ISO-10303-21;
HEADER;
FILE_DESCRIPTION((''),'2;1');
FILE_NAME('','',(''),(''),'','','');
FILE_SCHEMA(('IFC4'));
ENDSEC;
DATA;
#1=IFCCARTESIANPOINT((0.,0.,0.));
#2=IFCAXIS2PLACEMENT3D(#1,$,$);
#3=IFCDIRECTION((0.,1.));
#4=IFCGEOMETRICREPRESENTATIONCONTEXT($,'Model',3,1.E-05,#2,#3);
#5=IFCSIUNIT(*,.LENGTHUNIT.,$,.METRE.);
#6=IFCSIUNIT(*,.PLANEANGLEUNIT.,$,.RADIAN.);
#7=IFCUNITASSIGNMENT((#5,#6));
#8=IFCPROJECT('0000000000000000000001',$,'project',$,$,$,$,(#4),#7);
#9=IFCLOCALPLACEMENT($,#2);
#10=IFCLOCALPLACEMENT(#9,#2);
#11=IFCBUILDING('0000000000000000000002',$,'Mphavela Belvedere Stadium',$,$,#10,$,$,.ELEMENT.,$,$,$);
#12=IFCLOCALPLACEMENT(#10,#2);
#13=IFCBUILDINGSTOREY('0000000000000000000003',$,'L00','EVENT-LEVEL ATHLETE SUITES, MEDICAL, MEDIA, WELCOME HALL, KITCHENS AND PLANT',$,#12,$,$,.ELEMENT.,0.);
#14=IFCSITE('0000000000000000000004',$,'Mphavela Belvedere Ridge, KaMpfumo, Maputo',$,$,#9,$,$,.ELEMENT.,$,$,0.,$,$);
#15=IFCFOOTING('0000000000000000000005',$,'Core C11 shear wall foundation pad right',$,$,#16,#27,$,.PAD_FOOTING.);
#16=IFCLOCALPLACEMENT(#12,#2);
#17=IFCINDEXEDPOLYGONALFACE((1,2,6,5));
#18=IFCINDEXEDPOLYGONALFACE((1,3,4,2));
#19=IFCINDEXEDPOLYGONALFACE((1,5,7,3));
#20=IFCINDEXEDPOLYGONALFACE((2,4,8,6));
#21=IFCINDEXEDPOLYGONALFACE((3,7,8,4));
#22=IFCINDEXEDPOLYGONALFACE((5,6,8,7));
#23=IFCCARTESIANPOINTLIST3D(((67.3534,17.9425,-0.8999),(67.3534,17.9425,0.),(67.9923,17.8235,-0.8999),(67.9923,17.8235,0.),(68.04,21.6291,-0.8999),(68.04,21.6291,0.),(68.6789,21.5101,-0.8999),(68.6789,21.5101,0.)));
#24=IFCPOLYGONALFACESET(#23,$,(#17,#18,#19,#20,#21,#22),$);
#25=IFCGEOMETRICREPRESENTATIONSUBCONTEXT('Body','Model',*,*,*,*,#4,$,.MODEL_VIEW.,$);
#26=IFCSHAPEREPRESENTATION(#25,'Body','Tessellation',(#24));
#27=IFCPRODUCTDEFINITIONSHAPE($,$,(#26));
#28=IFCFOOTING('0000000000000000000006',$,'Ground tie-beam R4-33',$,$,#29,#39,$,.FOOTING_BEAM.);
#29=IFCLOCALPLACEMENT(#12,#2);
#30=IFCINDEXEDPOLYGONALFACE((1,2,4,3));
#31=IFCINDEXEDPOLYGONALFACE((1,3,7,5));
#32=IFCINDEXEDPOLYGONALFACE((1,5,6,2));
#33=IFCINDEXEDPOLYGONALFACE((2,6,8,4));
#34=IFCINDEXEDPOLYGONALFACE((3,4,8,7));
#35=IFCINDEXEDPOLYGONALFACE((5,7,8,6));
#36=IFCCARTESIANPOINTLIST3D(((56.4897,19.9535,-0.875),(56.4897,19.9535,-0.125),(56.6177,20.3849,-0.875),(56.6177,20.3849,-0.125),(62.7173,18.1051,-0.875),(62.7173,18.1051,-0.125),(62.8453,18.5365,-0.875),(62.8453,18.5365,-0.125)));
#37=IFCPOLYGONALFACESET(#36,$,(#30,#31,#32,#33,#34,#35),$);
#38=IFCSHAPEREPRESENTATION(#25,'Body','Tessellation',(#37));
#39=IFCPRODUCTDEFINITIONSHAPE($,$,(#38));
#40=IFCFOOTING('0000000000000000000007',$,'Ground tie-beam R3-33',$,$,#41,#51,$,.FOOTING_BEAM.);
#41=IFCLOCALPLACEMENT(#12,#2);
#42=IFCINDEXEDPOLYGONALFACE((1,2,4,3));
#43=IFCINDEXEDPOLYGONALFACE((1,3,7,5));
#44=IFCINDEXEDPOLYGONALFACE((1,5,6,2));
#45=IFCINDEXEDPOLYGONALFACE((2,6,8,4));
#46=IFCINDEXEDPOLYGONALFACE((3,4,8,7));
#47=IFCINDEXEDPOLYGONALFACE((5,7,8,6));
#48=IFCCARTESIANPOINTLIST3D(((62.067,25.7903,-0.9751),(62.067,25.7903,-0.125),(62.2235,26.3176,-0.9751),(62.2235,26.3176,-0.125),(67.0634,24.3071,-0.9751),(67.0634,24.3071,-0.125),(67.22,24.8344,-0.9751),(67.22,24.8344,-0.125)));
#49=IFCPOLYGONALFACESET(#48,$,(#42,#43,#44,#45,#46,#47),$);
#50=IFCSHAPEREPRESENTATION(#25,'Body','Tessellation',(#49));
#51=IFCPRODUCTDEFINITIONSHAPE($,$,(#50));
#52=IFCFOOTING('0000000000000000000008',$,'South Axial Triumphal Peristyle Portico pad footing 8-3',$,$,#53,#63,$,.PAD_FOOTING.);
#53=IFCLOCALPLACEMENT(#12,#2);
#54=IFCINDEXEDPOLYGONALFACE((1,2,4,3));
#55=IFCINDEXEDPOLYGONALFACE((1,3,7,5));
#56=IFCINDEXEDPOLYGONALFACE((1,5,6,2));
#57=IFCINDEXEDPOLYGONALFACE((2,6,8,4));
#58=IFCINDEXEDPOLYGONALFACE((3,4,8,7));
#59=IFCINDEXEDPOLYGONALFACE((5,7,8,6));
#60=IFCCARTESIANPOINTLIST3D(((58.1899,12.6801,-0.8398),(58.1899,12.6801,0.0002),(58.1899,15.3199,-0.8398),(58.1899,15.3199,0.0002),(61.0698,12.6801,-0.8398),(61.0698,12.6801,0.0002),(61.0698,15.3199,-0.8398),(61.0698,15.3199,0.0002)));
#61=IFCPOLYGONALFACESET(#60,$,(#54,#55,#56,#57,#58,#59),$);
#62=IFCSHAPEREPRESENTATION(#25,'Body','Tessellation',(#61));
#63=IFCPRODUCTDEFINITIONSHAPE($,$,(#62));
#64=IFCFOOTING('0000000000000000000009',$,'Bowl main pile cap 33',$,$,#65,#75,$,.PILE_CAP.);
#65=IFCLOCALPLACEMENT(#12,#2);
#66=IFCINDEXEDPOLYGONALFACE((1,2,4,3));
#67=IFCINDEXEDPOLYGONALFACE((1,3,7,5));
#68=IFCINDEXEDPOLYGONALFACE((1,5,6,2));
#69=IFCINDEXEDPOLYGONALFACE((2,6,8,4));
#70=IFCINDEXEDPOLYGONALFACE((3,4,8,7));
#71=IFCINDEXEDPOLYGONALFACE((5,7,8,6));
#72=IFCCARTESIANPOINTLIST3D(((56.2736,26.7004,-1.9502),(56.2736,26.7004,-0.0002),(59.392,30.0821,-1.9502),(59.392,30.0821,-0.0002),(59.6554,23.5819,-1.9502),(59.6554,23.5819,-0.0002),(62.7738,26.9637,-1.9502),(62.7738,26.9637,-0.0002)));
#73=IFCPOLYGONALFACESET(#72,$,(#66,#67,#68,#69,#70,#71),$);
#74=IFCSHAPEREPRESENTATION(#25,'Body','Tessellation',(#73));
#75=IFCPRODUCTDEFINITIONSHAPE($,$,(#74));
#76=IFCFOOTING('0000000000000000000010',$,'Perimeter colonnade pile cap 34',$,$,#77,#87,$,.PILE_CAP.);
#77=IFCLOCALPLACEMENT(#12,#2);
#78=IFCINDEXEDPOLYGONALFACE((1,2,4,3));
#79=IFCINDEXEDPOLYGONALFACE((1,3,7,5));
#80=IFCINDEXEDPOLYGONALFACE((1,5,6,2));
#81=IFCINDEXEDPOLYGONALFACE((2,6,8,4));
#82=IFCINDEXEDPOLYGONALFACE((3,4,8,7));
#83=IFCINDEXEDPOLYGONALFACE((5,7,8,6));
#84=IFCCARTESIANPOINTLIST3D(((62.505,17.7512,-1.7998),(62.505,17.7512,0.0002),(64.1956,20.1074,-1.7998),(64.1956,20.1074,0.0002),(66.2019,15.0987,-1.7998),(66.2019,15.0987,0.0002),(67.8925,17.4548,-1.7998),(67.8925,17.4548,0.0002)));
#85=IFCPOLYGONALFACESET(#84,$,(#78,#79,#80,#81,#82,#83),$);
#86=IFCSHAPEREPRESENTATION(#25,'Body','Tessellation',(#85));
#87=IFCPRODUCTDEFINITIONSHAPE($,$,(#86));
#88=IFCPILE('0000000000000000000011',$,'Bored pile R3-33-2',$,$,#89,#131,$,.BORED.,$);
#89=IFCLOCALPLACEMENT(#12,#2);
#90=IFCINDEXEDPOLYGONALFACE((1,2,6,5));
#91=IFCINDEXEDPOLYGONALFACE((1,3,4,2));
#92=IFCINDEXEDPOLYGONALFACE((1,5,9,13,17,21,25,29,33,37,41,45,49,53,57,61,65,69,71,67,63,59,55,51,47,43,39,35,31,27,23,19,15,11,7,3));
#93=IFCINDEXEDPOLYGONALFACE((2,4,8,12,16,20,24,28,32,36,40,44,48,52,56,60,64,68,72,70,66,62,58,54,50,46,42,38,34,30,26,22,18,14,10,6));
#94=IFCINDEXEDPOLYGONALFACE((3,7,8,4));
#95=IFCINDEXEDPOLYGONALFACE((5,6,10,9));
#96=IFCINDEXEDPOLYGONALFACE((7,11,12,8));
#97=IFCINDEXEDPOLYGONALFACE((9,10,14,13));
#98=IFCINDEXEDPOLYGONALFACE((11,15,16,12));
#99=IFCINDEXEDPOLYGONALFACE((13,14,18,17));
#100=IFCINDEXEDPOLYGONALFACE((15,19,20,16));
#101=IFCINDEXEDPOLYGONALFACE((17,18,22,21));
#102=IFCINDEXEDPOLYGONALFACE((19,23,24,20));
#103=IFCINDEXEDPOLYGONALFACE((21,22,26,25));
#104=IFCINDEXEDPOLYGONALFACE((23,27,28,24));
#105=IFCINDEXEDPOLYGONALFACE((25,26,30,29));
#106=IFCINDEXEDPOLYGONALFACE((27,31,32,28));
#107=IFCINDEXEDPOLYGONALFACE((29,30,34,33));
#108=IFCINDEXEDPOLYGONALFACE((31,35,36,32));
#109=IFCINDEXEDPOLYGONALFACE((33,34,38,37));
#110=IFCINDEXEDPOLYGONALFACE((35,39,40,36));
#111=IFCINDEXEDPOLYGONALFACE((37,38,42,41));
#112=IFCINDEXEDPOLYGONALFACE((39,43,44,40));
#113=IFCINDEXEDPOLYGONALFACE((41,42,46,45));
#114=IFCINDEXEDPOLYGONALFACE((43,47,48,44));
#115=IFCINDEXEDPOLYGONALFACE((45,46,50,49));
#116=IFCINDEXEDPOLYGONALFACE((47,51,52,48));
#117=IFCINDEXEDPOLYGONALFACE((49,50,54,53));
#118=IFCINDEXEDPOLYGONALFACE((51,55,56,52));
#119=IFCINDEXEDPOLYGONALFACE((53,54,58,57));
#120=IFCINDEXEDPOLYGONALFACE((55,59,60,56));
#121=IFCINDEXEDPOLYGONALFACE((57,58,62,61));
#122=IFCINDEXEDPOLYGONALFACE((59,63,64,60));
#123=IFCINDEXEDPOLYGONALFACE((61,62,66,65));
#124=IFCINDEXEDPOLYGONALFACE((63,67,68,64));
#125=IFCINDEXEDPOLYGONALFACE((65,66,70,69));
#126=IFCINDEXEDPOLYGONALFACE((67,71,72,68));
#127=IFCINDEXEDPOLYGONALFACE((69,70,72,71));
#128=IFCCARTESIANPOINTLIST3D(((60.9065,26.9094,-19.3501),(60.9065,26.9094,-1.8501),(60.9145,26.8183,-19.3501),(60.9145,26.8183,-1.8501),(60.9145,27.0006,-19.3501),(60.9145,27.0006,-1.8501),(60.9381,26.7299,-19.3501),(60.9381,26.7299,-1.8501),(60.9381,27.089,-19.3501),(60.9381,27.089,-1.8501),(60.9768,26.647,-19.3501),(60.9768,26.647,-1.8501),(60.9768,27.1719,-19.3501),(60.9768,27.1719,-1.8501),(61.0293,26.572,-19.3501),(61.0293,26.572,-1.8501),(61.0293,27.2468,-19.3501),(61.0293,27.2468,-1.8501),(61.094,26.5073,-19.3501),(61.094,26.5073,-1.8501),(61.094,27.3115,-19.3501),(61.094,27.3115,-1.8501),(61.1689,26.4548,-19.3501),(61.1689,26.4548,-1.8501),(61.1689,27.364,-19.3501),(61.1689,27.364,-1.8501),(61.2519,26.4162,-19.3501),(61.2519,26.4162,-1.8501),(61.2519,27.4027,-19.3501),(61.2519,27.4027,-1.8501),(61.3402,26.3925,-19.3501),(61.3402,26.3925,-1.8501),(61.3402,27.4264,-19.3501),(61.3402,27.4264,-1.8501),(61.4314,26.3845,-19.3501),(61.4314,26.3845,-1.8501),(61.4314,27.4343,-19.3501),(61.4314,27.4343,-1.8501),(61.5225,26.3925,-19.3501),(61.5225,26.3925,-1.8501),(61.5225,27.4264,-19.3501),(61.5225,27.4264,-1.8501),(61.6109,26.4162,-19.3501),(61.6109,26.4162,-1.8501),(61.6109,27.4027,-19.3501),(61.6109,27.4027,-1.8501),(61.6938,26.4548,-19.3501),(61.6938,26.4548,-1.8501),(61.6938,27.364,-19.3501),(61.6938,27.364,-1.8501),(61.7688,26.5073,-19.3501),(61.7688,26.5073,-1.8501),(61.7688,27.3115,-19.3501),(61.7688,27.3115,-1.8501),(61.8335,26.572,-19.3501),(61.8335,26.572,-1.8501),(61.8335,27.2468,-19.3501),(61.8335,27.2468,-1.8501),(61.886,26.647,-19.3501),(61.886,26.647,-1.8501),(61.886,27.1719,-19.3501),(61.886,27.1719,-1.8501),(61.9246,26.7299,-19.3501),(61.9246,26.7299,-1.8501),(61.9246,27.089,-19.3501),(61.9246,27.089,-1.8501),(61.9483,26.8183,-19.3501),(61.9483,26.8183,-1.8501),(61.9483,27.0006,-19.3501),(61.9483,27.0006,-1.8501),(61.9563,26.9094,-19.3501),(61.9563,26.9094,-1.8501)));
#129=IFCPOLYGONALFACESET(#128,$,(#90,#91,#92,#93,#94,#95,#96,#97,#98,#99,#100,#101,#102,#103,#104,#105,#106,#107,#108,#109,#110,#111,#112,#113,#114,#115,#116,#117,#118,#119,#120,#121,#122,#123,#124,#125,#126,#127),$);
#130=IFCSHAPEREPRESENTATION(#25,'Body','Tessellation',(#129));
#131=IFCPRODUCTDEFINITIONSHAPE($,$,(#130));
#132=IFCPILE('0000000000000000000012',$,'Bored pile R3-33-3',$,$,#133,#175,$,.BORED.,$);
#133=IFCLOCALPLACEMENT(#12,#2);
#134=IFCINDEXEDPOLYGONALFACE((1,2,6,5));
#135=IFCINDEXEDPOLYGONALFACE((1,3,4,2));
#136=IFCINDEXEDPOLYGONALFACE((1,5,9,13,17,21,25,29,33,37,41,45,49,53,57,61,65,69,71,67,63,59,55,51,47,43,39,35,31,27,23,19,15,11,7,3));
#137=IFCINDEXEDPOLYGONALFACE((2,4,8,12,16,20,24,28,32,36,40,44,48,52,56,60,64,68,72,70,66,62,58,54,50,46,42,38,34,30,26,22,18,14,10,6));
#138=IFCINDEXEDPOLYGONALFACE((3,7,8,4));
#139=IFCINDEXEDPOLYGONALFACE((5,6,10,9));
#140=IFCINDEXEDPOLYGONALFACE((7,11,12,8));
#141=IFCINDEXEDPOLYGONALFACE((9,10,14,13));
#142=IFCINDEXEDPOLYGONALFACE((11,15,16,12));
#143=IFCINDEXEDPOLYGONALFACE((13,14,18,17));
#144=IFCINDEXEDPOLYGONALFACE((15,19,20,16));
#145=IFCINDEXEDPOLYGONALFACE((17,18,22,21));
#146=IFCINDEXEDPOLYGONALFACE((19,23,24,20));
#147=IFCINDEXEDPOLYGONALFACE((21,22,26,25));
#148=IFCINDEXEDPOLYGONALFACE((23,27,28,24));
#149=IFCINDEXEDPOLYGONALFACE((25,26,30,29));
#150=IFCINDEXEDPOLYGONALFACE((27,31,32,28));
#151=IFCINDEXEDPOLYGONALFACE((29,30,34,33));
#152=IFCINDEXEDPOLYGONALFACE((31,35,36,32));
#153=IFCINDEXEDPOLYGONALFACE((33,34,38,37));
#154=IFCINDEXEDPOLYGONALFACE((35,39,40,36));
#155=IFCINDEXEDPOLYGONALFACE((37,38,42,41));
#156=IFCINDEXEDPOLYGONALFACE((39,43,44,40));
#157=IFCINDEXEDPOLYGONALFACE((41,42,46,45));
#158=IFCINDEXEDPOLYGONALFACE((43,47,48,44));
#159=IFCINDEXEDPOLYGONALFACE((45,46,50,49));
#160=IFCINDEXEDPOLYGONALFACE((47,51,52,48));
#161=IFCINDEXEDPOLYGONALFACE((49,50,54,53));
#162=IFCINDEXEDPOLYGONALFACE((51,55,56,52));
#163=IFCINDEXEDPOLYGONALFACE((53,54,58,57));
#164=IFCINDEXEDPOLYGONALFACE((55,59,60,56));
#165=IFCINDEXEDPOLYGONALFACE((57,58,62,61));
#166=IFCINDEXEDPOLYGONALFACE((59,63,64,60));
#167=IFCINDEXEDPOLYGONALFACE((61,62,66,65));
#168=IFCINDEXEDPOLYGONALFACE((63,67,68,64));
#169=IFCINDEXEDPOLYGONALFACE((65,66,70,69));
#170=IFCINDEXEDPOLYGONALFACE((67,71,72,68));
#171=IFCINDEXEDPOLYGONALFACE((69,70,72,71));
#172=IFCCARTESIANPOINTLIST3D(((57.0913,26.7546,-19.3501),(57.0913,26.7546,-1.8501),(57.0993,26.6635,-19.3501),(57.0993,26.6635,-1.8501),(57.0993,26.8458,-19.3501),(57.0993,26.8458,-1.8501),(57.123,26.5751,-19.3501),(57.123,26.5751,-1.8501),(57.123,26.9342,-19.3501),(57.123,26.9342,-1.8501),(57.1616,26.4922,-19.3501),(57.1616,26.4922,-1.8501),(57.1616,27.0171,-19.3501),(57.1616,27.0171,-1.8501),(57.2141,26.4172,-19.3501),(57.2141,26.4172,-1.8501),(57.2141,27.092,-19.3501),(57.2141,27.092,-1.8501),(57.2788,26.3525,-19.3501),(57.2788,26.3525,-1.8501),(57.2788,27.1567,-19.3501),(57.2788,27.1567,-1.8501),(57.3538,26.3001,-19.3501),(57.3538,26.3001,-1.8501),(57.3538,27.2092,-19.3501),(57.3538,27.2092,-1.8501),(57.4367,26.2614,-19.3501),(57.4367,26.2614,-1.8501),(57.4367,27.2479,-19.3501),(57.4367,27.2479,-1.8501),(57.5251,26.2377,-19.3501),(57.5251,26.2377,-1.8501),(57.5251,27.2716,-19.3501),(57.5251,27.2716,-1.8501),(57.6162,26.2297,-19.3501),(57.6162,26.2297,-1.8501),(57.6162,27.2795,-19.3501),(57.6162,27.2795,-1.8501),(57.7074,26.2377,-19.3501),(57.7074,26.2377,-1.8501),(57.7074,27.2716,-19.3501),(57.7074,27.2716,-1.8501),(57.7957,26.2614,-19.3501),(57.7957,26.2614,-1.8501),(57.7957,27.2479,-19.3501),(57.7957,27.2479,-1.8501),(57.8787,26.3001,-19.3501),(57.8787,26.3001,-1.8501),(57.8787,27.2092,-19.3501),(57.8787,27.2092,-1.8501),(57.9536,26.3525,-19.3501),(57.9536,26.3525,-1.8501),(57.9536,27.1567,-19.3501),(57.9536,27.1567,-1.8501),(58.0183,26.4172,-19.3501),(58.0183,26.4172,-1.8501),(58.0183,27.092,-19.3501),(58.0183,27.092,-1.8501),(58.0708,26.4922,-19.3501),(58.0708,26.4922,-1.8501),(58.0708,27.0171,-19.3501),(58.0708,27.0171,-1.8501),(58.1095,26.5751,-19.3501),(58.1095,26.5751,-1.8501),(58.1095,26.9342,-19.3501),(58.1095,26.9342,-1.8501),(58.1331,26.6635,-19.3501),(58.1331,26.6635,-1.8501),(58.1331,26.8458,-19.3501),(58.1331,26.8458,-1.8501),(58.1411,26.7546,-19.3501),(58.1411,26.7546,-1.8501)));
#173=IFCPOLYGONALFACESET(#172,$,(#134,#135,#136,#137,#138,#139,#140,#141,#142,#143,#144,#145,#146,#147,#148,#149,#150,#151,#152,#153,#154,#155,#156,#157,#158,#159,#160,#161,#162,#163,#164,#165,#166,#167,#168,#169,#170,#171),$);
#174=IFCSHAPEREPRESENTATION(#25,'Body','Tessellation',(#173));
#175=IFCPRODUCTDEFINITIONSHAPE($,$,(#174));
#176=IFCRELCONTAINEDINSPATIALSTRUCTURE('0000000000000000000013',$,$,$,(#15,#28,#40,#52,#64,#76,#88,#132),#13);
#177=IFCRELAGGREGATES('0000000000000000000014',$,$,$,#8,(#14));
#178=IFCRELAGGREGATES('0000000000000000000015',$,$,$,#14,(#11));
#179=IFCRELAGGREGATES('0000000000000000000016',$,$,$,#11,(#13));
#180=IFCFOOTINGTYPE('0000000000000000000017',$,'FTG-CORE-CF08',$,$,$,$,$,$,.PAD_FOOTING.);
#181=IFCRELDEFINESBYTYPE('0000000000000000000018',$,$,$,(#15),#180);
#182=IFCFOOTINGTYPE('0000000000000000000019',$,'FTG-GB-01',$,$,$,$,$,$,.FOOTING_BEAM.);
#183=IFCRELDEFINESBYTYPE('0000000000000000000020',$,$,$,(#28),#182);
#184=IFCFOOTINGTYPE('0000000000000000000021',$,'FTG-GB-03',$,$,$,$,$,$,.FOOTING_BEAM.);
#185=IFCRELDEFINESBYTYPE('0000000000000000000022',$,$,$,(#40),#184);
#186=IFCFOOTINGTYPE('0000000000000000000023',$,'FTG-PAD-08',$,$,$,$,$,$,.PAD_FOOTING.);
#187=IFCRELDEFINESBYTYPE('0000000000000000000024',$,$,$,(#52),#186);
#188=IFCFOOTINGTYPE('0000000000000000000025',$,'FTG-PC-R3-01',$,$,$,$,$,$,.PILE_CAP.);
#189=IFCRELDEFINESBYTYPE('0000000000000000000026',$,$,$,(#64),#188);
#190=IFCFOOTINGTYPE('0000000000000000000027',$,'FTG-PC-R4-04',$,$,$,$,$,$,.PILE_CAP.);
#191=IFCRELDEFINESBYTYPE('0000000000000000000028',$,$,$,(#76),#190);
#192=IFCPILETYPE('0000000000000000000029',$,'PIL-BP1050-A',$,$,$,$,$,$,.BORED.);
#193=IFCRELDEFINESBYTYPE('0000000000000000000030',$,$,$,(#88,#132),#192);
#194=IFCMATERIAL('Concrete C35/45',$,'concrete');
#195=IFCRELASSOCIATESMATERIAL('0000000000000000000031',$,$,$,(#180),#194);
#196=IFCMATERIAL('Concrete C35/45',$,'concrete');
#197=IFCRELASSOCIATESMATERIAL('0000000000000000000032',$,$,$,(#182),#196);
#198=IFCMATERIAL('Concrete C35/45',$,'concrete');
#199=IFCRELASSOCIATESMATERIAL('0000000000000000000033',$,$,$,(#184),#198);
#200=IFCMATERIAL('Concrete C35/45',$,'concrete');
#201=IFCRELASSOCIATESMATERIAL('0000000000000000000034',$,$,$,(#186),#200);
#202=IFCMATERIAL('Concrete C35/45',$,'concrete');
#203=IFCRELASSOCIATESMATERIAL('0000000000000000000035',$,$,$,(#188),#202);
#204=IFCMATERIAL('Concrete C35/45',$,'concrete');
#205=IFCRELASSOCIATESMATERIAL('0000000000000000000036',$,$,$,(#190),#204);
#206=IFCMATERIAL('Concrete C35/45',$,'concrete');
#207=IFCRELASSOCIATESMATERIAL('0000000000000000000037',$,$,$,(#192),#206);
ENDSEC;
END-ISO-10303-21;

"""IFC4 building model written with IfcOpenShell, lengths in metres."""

from ifc_helpers import new_model, si_unit, direction, frame, origin, origin_2d, place, context, subcontext, project, spatial, rectangle, circle, extrude, material, material_profile, profile_set, type_object, element, save


model = new_model("IFC4")

# Units and contexts
model_context = context("Model", 3, precision=1e-05, world=origin(), true_north=direction((0.0, 1.0)))
body_context = subcontext(model_context, "Body", "Model", "MODEL_VIEW")
ifc_project = project(units=[si_unit("LENGTHUNIT", "METRE"), si_unit("PLANEANGLEUNIT", "RADIAN")], contexts=[model_context])

# Site, building, storey
site_placement = place(None, origin())
site = spatial("IfcSite", under=ifc_project, at=site_placement, Name="Mphavela Belvedere Ridge, KaMpfumo, Maputo", CompositionType="ELEMENT", RefElevation=0.0)
building_placement = place(site_placement, origin())
building = spatial("IfcBuilding", under=site, at=building_placement, Name="Mphavela Belvedere Stadium", CompositionType="ELEMENT")
storey_placement = place(building_placement, origin())
storey = spatial("IfcBuildingStorey", under=building, at=storey_placement, Name="L00", Description="EVENT-LEVEL ATHLETE SUITES, MEDICAL, MEDIA, WELCOME HALL, KITCHENS AND PLANT", CompositionType="ELEMENT", Elevation=0.0)

# Footings
ifc_material_1 = material(Name="Concrete C35/45", Category="concrete")
footing_type_1 = type_object("IfcFootingType", Name="FTG-CORE-CF08", PredefinedType="PAD_FOOTING", material=ifc_material_1)
footing_1_placement = place(storey_placement, frame((68.0161, 19.7263, -0.8999), z_axis=(0.0, 0.0, 1.0), x_axis=(-0.183094, -0.983096, 0.0)))
element("IfcFooting", 1, at=footing_1_placement, inside=storey, type_object=footing_type_1, Name="Core C11 shear wall foundation pad right", PredefinedType="PAD_FOOTING", context=body_context, shape_type="SweptSolid", body=[
    extrude(rectangle(XDim=3.75, YDim=0.6499, at=origin_2d()), origin(), (0.0, 0.0, 1.0), 0.8999),
])
ifc_material_2 = material(Name="Concrete C35/45", Category="concrete")
ifc_material_profile_1 = material_profile(ifc_material_2, rectangle(XDim=0.45, YDim=0.75, at=origin_2d()), Name="GB 450x750")
ifc_profile_set_1 = profile_set([ifc_material_profile_1], Name="Concrete C35/45")
footing_type_2 = type_object("IfcFootingType", Name="FTG-GB-01", PredefinedType="FOOTING_BEAM", material=ifc_profile_set_1)
footing_2_placement = place(storey_placement, frame((56.5537, 20.1692, -0.5), z_axis=(0.958664, -0.28454, 0.0), x_axis=(0.28454, 0.958664, 0.0)))
element("IfcFooting", 2, at=footing_2_placement, inside=storey, type_object=footing_type_2, Name="Ground tie-beam R4-33", PredefinedType="FOOTING_BEAM", context=body_context, shape_type="SweptSolid", body=[
    extrude(rectangle(XDim=0.45, YDim=0.75, at=origin_2d()), origin(), (0.0, 0.0, 1.0), 6.4961),
])
ifc_material_3 = material(Name="Concrete C35/45", Category="concrete")
ifc_material_profile_2 = material_profile(ifc_material_3, rectangle(XDim=0.55, YDim=0.8501, at=origin_2d()), Name="GB 550x850")
ifc_profile_set_2 = profile_set([ifc_material_profile_2], Name="Concrete C35/45")
footing_type_3 = type_object("IfcFootingType", Name="FTG-GB-03", PredefinedType="FOOTING_BEAM", material=ifc_profile_set_2)
footing_3_placement = place(storey_placement, frame((62.1453, 26.054, -0.55), z_axis=(0.958654, -0.284575, 0.0), x_axis=(0.284575, 0.958654, 0.0)))
element("IfcFooting", 3, at=footing_3_placement, inside=storey, type_object=footing_type_3, Name="Ground tie-beam R3-33", PredefinedType="FOOTING_BEAM", context=body_context, shape_type="SweptSolid", body=[
    extrude(rectangle(XDim=0.55, YDim=0.8501, at=origin_2d()), origin(), (0.0, 0.0, 1.0), 5.2119),
])
ifc_material_4 = material(Name="Concrete C35/45", Category="concrete")
footing_type_4 = type_object("IfcFootingType", Name="FTG-PAD-08", PredefinedType="PAD_FOOTING", material=ifc_material_4)
footing_4_placement = place(storey_placement, frame((59.6299, 14.0, -0.8398), z_axis=(0.0, 0.0, 1.0), x_axis=(1.0, 0.0, 0.0)))
element("IfcFooting", 4, at=footing_4_placement, inside=storey, type_object=footing_type_4, Name="South Axial Triumphal Peristyle Portico pad footing 8-3", PredefinedType="PAD_FOOTING", context=body_context, shape_type="SweptSolid", body=[
    extrude(rectangle(XDim=2.8799, YDim=2.6399, at=origin_2d()), origin(), (0.0, 0.0, 1.0), 0.8401),
])
ifc_material_5 = material(Name="Concrete C35/45", Category="concrete")
footing_type_5 = type_object("IfcFootingType", Name="FTG-PC-R3-01", PredefinedType="PILE_CAP", material=ifc_material_5)
footing_5_placement = place(storey_placement, frame((59.5237, 26.832, -1.9502), z_axis=(0.0, 0.0, 1.0), x_axis=(-0.677903, -0.735151, 0.0)))
element("IfcFooting", 5, at=footing_5_placement, inside=storey, type_object=footing_type_5, Name="Bowl main pile cap 33", PredefinedType="PILE_CAP", context=body_context, shape_type="SweptSolid", body=[
    extrude(rectangle(XDim=4.6001, YDim=4.6001, at=origin_2d()), origin(), (0.0, 0.0, 1.0), 1.95),
])
ifc_material_6 = material(Name="Concrete C35/45", Category="concrete")
footing_type_6 = type_object("IfcFootingType", Name="FTG-PC-R4-04", PredefinedType="PILE_CAP", material=ifc_material_6)
footing_6_placement = place(storey_placement, frame((65.1987, 17.603, -1.7998), z_axis=(0.0, 0.0, 1.0), x_axis=(0.812491, -0.582974, 0.0)))
element("IfcFooting", 6, at=footing_6_placement, inside=storey, type_object=footing_type_6, Name="Perimeter colonnade pile cap 34", PredefinedType="PILE_CAP", context=body_context, shape_type="SweptSolid", body=[
    extrude(rectangle(XDim=4.55, YDim=2.8999, at=origin_2d()), origin(), (0.0, 0.0, 1.0), 1.8),
])

# Piles
ifc_material_7 = material(Name="Concrete C35/45", Category="concrete")
ifc_material_profile_3 = material_profile(ifc_material_7, circle(Radius=0.5249, at=origin_2d()), Name="BP D1050")
ifc_profile_set_3 = profile_set([ifc_material_profile_3], Name="Concrete C35/45")
pile_type_1 = type_object("IfcPileType", Name="PIL-BP1050-A", PredefinedType="BORED", material=ifc_profile_set_3)
for number, where, z_axis, x_axis, name in (
    (7, (61.4314, 26.9094, -1.8501), (0.0, 0.0, -1.0), (1.0, 0.0, 0.0), "Bored pile R3-33-2"),
    (8, (57.6162, 26.7546, -1.8501), (0.0, 0.0, -1.0), (1.0, 0.0, 0.0), "Bored pile R3-33-3"),
):
    element("IfcPile", number, at=place(storey_placement, frame(where, z_axis=z_axis, x_axis=x_axis)), inside=storey, type_object=pile_type_1, Name=name, PredefinedType="BORED", context=body_context, shape_type="SweptSolid", body=[
        extrude(circle(Radius=0.5249, at=origin_2d()), origin(), (0.0, 0.0, 1.0), 17.5),
    ])

save(model, "model.ifc")
